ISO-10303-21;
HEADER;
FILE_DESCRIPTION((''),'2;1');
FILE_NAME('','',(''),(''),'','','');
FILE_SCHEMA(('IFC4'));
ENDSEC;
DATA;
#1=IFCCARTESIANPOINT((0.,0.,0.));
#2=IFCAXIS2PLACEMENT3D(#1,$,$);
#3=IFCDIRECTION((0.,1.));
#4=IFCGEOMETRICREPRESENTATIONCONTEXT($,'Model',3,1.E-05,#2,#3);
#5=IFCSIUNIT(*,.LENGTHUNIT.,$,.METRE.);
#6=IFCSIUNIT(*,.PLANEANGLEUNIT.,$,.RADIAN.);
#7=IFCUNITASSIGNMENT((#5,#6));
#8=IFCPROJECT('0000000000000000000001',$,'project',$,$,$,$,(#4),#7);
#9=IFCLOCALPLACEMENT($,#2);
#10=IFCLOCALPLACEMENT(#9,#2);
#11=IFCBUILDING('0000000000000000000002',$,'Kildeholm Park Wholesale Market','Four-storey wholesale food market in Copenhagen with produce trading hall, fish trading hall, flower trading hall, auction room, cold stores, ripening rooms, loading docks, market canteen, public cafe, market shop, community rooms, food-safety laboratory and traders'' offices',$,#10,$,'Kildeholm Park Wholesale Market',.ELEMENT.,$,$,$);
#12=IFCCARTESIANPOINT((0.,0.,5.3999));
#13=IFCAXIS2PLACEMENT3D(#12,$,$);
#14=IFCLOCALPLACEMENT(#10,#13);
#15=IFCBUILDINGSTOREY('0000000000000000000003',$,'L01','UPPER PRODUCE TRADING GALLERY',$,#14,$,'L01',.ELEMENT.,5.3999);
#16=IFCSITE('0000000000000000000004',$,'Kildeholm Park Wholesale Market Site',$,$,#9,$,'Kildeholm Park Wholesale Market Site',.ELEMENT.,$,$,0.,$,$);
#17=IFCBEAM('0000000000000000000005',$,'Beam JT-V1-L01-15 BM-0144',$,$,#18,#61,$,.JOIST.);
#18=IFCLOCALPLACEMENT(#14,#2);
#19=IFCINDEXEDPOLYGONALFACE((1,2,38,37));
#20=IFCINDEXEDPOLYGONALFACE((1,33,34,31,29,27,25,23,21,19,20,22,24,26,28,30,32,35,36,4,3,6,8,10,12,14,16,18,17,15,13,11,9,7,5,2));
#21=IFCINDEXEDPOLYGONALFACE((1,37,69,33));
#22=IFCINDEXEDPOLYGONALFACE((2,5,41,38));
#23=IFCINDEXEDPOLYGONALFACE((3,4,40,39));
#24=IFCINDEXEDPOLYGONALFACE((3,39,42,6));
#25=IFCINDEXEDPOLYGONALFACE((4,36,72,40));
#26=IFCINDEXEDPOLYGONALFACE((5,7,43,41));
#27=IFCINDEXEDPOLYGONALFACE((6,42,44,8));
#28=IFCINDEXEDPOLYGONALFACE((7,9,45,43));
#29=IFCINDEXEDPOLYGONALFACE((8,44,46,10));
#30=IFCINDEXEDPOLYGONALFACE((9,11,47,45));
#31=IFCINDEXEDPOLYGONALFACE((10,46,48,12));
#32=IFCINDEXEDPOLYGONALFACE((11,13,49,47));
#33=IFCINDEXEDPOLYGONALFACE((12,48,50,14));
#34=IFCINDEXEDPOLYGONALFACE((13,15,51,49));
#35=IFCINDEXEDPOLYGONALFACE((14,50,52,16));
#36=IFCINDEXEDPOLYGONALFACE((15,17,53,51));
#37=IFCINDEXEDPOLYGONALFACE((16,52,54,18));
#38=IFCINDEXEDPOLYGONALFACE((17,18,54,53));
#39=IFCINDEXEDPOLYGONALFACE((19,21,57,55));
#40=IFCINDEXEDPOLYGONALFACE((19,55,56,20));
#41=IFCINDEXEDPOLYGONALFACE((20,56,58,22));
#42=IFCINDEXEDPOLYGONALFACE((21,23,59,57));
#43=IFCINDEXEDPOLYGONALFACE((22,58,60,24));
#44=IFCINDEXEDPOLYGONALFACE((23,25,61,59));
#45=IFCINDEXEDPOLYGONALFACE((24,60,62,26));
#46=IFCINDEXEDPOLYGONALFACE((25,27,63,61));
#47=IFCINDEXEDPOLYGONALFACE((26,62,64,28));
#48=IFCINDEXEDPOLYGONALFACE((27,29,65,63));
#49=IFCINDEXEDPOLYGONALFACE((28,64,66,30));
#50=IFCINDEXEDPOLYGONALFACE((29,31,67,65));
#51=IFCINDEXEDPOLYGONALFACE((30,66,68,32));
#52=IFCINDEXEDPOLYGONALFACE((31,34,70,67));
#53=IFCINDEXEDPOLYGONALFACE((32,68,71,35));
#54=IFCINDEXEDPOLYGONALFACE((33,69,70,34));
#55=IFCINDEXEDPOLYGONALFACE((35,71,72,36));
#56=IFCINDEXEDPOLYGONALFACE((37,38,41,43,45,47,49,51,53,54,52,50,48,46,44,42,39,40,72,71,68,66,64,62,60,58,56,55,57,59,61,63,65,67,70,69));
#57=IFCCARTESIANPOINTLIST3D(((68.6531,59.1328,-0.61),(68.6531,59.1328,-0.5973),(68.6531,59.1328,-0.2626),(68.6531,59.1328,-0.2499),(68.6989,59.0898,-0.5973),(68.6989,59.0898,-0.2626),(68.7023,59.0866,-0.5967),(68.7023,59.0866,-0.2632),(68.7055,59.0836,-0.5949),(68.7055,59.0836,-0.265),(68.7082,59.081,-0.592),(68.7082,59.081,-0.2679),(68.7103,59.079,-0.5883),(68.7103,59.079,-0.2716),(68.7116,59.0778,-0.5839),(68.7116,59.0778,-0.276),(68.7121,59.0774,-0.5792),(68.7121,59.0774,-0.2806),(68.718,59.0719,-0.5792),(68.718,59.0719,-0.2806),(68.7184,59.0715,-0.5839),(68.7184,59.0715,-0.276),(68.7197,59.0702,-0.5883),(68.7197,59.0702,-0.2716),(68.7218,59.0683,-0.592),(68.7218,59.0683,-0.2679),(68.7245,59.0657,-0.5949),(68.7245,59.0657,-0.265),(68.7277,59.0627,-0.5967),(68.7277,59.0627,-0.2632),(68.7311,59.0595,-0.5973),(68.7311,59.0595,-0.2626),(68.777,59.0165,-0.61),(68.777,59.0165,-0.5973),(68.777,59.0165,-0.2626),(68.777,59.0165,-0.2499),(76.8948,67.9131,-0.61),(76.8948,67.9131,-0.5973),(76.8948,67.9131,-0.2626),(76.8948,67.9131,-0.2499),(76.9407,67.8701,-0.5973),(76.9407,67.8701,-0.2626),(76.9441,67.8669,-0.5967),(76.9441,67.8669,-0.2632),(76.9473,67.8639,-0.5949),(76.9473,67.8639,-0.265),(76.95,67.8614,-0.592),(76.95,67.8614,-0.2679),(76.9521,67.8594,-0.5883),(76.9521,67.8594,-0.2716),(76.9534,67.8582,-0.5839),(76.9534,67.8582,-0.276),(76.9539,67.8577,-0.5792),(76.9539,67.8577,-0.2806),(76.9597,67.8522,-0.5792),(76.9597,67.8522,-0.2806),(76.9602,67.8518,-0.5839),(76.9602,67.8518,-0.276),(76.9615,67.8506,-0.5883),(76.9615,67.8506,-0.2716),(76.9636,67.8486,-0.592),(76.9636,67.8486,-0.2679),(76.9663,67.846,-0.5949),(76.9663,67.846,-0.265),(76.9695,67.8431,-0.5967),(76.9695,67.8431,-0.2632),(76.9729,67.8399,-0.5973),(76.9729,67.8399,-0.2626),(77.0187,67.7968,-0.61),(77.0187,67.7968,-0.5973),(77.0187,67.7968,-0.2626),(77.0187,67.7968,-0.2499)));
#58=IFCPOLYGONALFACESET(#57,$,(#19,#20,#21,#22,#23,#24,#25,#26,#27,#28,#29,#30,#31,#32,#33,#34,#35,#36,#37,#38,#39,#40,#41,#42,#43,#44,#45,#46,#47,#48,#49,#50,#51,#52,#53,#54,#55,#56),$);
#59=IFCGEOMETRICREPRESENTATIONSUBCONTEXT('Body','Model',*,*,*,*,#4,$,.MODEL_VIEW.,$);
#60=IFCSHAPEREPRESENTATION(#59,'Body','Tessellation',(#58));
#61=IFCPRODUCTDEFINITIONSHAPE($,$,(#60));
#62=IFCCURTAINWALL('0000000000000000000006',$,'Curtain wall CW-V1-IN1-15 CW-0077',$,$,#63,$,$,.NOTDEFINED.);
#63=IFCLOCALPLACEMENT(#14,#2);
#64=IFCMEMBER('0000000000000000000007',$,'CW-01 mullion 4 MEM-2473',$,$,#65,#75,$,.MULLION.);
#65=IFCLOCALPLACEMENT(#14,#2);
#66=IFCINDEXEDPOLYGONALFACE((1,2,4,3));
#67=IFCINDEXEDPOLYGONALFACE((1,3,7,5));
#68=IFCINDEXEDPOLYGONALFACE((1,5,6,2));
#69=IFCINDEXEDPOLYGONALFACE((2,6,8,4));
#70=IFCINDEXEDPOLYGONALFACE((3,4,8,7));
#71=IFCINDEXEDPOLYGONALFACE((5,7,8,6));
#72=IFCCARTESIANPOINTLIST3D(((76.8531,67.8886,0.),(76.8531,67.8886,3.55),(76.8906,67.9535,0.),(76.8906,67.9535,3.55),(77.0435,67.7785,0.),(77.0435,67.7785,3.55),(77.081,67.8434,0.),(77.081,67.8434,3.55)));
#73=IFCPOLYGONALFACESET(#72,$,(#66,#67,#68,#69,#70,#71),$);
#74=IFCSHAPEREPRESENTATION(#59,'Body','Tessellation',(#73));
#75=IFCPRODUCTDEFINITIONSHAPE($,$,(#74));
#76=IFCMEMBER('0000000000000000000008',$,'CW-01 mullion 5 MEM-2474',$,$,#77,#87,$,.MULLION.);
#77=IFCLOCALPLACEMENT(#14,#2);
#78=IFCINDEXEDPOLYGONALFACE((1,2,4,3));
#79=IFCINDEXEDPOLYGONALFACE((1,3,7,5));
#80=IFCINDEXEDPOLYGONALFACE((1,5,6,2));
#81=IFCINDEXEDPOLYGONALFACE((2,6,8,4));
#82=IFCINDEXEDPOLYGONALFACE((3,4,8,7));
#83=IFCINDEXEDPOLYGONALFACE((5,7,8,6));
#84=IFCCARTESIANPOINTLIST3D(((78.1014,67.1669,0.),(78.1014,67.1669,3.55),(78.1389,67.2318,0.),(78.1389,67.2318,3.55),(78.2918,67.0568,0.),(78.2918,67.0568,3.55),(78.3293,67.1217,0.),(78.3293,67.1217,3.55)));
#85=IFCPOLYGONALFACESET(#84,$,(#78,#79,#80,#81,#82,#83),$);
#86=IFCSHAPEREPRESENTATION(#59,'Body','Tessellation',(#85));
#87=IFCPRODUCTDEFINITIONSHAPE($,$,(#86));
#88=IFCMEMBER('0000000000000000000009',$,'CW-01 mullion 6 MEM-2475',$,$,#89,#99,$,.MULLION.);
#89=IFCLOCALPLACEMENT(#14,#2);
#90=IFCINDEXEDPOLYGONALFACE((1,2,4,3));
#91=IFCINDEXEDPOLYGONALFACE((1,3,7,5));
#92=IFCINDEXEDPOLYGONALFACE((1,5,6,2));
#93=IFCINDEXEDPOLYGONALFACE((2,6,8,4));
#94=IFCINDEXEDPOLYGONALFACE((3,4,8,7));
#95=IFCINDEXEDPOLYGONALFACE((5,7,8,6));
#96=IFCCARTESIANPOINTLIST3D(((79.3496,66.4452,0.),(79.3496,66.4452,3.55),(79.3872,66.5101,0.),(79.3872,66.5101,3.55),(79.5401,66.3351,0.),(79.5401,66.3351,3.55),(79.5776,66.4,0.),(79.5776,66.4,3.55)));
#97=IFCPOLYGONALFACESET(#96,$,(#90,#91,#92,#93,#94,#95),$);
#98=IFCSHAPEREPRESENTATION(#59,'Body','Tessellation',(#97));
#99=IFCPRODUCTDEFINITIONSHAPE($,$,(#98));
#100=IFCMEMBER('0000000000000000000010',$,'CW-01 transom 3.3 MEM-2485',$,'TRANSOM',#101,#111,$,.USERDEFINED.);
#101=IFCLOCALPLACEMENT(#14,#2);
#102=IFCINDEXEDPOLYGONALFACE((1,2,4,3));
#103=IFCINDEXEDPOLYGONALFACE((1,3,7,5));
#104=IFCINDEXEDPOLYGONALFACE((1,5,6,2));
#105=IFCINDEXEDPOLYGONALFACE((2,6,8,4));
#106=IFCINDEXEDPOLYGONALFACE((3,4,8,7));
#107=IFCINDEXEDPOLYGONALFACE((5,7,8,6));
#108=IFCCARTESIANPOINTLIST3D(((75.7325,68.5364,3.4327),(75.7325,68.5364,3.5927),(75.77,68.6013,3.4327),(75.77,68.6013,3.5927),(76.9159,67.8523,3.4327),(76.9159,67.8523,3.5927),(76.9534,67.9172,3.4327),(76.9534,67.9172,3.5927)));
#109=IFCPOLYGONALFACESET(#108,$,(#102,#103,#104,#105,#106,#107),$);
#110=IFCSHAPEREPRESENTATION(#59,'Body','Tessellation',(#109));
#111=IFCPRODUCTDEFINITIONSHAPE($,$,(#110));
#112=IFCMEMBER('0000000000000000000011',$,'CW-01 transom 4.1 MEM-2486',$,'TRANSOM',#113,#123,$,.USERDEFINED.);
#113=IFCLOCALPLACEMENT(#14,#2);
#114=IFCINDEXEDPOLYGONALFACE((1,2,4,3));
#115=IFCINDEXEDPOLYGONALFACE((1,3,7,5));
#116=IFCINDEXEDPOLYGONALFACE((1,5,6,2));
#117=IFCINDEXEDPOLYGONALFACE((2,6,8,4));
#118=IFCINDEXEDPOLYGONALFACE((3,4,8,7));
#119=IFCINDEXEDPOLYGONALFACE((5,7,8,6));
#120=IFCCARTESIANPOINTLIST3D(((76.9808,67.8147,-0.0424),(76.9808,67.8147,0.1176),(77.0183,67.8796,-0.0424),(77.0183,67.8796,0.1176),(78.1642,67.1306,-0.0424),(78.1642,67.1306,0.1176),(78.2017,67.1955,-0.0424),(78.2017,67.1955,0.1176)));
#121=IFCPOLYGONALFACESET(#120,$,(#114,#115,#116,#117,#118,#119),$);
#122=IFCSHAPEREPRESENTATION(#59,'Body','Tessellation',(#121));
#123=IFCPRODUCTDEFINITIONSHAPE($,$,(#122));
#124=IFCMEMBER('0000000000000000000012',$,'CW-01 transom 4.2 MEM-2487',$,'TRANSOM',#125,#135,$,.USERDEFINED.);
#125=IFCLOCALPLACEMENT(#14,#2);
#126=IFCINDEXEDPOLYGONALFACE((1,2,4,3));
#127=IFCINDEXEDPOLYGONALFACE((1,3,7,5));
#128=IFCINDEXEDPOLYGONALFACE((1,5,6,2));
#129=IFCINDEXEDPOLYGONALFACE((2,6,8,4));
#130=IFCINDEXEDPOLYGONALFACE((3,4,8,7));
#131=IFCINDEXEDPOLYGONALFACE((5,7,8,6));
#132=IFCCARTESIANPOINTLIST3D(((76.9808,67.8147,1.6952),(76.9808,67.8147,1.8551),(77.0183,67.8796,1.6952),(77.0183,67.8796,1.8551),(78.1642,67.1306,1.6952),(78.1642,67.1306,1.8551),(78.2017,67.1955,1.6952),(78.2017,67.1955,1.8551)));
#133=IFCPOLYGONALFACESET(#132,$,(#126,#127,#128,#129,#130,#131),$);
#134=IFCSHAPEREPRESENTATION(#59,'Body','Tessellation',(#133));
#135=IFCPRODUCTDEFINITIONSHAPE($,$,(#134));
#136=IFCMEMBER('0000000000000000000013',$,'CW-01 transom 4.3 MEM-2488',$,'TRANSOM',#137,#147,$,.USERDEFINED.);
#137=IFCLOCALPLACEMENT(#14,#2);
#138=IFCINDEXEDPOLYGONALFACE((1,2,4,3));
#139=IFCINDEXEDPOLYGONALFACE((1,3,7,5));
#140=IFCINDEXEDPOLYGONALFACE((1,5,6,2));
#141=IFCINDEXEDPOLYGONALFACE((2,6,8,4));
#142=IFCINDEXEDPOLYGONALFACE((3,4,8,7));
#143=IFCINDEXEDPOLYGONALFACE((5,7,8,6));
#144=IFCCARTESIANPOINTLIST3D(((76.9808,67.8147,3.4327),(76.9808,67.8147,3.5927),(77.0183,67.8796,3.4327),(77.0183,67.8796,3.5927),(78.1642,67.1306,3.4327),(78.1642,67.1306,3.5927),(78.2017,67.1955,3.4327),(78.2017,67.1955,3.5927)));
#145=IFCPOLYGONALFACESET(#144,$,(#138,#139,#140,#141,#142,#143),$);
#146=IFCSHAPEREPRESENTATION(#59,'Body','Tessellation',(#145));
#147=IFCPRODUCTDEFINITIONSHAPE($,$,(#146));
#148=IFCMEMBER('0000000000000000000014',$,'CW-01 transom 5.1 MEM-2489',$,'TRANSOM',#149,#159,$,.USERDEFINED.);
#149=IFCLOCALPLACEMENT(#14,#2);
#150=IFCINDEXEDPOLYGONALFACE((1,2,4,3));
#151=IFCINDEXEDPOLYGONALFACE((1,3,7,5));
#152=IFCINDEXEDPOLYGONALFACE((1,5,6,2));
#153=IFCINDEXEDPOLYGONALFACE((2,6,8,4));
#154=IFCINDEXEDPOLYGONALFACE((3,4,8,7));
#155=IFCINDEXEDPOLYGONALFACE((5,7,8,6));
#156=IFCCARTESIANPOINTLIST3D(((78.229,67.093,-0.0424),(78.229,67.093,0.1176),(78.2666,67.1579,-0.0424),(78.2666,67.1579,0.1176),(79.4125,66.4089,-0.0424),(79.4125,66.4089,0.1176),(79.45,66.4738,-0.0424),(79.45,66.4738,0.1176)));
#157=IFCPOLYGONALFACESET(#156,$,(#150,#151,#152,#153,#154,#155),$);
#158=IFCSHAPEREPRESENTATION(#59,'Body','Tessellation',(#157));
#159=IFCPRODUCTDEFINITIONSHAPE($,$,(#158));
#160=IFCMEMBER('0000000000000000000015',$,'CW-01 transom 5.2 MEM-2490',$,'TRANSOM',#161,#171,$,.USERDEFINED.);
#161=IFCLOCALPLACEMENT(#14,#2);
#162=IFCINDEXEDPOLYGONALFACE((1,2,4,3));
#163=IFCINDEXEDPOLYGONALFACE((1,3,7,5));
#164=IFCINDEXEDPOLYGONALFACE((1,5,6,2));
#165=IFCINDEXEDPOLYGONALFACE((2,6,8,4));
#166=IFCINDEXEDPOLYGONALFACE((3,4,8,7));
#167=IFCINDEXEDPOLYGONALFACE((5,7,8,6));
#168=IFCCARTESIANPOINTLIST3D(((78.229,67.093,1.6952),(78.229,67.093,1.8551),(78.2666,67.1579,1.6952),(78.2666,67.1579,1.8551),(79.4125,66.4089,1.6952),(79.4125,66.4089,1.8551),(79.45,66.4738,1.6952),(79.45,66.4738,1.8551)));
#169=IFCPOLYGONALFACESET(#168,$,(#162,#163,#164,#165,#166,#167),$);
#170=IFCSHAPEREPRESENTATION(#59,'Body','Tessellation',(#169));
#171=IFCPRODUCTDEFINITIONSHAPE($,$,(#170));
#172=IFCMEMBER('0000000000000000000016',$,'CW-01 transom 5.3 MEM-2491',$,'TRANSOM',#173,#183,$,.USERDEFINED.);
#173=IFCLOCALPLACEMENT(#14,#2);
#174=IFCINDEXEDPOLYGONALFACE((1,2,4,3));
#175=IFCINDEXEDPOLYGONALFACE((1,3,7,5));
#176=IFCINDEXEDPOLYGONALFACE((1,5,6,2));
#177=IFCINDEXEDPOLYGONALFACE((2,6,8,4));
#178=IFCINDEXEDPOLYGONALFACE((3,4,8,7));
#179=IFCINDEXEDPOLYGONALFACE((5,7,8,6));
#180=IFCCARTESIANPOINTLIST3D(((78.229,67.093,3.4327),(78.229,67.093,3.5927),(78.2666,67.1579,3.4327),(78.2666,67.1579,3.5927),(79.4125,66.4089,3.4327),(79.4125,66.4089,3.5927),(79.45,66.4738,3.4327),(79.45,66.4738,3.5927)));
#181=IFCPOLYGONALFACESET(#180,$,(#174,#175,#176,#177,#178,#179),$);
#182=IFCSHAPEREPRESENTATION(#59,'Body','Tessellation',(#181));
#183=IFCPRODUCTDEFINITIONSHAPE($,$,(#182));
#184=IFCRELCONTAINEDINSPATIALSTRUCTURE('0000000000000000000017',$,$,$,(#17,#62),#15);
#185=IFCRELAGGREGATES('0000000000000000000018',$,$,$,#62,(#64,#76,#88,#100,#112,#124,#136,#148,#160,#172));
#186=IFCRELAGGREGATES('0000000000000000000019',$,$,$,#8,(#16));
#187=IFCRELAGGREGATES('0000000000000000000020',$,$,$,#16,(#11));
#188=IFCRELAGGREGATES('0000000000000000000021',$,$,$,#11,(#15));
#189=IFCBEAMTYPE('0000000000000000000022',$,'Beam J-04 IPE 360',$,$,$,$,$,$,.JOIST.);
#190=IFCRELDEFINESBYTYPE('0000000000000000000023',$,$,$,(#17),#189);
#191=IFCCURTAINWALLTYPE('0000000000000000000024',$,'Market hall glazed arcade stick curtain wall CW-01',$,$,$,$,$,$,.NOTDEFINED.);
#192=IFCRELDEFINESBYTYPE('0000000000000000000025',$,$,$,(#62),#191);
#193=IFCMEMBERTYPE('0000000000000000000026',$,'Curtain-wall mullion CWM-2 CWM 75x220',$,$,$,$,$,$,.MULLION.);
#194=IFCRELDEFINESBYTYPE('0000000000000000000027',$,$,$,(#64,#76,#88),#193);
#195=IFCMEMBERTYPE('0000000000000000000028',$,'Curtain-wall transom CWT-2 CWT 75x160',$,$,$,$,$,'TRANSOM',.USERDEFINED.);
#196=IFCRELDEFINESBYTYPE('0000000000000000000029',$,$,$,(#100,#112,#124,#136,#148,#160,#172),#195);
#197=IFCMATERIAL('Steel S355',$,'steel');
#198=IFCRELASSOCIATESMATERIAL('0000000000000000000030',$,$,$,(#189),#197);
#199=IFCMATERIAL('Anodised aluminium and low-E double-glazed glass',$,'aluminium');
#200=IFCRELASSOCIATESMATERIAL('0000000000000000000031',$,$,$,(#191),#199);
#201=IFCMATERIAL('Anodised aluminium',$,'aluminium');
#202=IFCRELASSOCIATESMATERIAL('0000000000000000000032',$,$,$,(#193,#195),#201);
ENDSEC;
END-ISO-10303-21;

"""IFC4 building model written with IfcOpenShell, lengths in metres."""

from ifc_helpers import new_model, si_unit, direction, frame, origin, origin_2d, place, context, subcontext, project, spatial, rectangle, i_section, extrude, material, material_profile, profile_set, type_object, element, aggregate, save


model = new_model("IFC4")

# Units and contexts
model_context = context("Model", 3, precision=1e-05, world=origin(), true_north=direction((0.0, 1.0)))
body_context = subcontext(model_context, "Body", "Model", "MODEL_VIEW")
ifc_project = project(units=[si_unit("LENGTHUNIT", "METRE"), si_unit("PLANEANGLEUNIT", "RADIAN")], contexts=[model_context])

# Site, building, storey
site_placement = place(None, origin())
site = spatial("IfcSite", under=ifc_project, at=site_placement, Name="Kildeholm Park Wholesale Market Site", LongName="Kildeholm Park Wholesale Market Site", CompositionType="ELEMENT", RefElevation=0.0)
building_placement = place(site_placement, origin())
building = spatial("IfcBuilding", under=site, at=building_placement, Name="Kildeholm Park Wholesale Market", Description="Four-storey wholesale food market in Copenhagen with produce trading hall, fish trading hall, flower trading hall, auction room, cold stores, ripening rooms, loading docks, market canteen, public cafe, market shop, community rooms, food-safety laboratory and traders' offices", LongName="Kildeholm Park Wholesale Market", CompositionType="ELEMENT")
storey_placement = place(building_placement, frame((0.0, 0.0, 5.3999)))
storey = spatial("IfcBuildingStorey", under=building, at=storey_placement, Name="L01", Description="UPPER PRODUCE TRADING GALLERY", LongName="L01", CompositionType="ELEMENT", Elevation=5.3999)

# Beam
ifc_material_1 = material(Name="Steel S355", Category="steel")
ifc_material_profile_1 = material_profile(ifc_material_1, i_section(OverallWidth=0.1699, OverallDepth=0.3601, WebThickness=0.0081, FlangeThickness=0.0127, FilletRadius=0.0181, at=origin_2d()), Name="IPE 360")
ifc_profile_set_1 = profile_set([ifc_material_profile_1], Name="Steel S355")
beam_type = type_object("IfcBeamType", Name="Beam J-04 IPE 360", PredefinedType="JOIST", material=ifc_profile_set_1)
beam_placement = place(storey_placement, frame((76.9568, 67.855, -0.4299), z_axis=(-0.684391, -0.729115, 0.0), x_axis=(0.729115, -0.684391, 0.0)))
element("IfcBeam", 1, at=beam_placement, inside=storey, type_object=beam_type, Name="Beam JT-V1-L01-15 BM-0144", PredefinedType="JOIST", context=body_context, shape_type="SweptSolid", body=[
    extrude(i_section(OverallWidth=0.1699, OverallDepth=0.3601, WebThickness=0.0081, FlangeThickness=0.0127, FilletRadius=0.0181, at=origin_2d()), origin(), (0.0, 0.0, 1.0), 12.0425),
])

# Curtain wall, members
ifc_material_2 = material(Name="Anodised aluminium and low-E double-glazed glass", Category="aluminium")
curtain_wall_type = type_object("IfcCurtainWallType", Name="Market hall glazed arcade stick curtain wall CW-01", PredefinedType="NOTDEFINED", material=ifc_material_2)
curtain_wall_placement = place(storey_placement, origin())
curtain_wall = element("IfcCurtainWall", 2, at=curtain_wall_placement, inside=storey, type_object=curtain_wall_type, Name="Curtain wall CW-V1-IN1-15 CW-0077", PredefinedType="NOTDEFINED")
ifc_material_3 = material(Name="Anodised aluminium", Category="aluminium")
ifc_material_profile_2 = material_profile(ifc_material_3, rectangle(XDim=0.075, YDim=0.22, at=origin_2d()), Name="CWM 75x220")
ifc_profile_set_2 = profile_set([ifc_material_profile_2], Name="Anodised aluminium")
member_type_1 = type_object("IfcMemberType", Name="Curtain-wall mullion CWM-2 CWM 75x220", PredefinedType="MULLION", material=ifc_profile_set_2)
member_1_placement = place(storey_placement, frame((76.967, 67.866, 0.0), z_axis=(0.0, 0.0, 1.0), x_axis=(0.500489, 0.865743, 0.0)))
member_1 = element("IfcMember", 3, at=member_1_placement, type_object=member_type_1, Name="CW-01 mullion 4 MEM-2473", PredefinedType="MULLION", context=body_context, shape_type="SweptSolid", body=[
    extrude(rectangle(XDim=0.075, YDim=0.22, at=origin_2d()), origin(), (0.0, 0.0, 1.0), 3.55),
])
member_2_placement = place(storey_placement, frame((78.2153, 67.1443, 0.0), z_axis=(0.0, 0.0, 1.0), x_axis=(0.500489, 0.865743, 0.0)))
member_2 = element("IfcMember", 4, at=member_2_placement, type_object=member_type_1, Name="CW-01 mullion 5 MEM-2474", PredefinedType="MULLION", context=body_context, shape_type="SweptSolid", body=[
    extrude(rectangle(XDim=0.075, YDim=0.22, at=origin_2d()), origin(), (0.0, 0.0, 1.0), 3.55),
])
member_3_placement = place(storey_placement, frame((79.4636, 66.4226, 0.0), z_axis=(0.0, 0.0, 1.0), x_axis=(0.500489, 0.865743, 0.0)))
member_3 = element("IfcMember", 5, at=member_3_placement, type_object=member_type_1, Name="CW-01 mullion 6 MEM-2475", PredefinedType="MULLION", context=body_context, shape_type="SweptSolid", body=[
    extrude(rectangle(XDim=0.075, YDim=0.22, at=origin_2d()), origin(), (0.0, 0.0, 1.0), 3.55),
])
ifc_material_profile_3 = material_profile(ifc_material_3, rectangle(XDim=0.075, YDim=0.1599, at=origin_2d()), Name="CWT 75x160")
ifc_profile_set_3 = profile_set([ifc_material_profile_3], Name="Anodised aluminium")
member_type_2 = type_object("IfcMemberType", Name="Curtain-wall transom CWT-2 CWT 75x160", ElementType="TRANSOM", PredefinedType="USERDEFINED", material=ifc_profile_set_3)
member_4_placement = place(storey_placement, frame((75.7512, 68.5688, 3.5127), z_axis=(0.865748, -0.50048, 0.0), x_axis=(0.50048, 0.865748, 0.0)))
member_4 = element("IfcMember", 6, at=member_4_placement, type_object=member_type_2, Name="CW-01 transom 3.3 MEM-2485", ObjectType="TRANSOM", PredefinedType="USERDEFINED", context=body_context, shape_type="SweptSolid", body=[
    extrude(rectangle(XDim=0.075, YDim=0.1599, at=origin_2d()), origin(), (0.0, 0.0, 1.0), 1.3669),
])
member_5_placement = place(storey_placement, frame((76.9995, 67.8472, 0.0376), z_axis=(0.865748, -0.50048, 0.0), x_axis=(0.50048, 0.865748, 0.0)))
member_5 = element("IfcMember", 7, at=member_5_placement, type_object=member_type_2, Name="CW-01 transom 4.1 MEM-2486", ObjectType="TRANSOM", PredefinedType="USERDEFINED", context=body_context, shape_type="SweptSolid", body=[
    extrude(rectangle(XDim=0.075, YDim=0.1599, at=origin_2d()), origin(), (0.0, 0.0, 1.0), 1.3669),
])
member_6_placement = place(storey_placement, frame((76.9995, 67.8472, 1.7751), z_axis=(0.865748, -0.50048, 0.0), x_axis=(0.50048, 0.865748, 0.0)))
member_6 = element("IfcMember", 8, at=member_6_placement, type_object=member_type_2, Name="CW-01 transom 4.2 MEM-2487", ObjectType="TRANSOM", PredefinedType="USERDEFINED", context=body_context, shape_type="SweptSolid", body=[
    extrude(rectangle(XDim=0.075, YDim=0.1599, at=origin_2d()), origin(), (0.0, 0.0, 1.0), 1.3669),
])
member_7_placement = place(storey_placement, frame((76.9995, 67.8472, 3.5127), z_axis=(0.865748, -0.50048, 0.0), x_axis=(0.50048, 0.865748, 0.0)))
member_7 = element("IfcMember", 9, at=member_7_placement, type_object=member_type_2, Name="CW-01 transom 4.3 MEM-2488", ObjectType="TRANSOM", PredefinedType="USERDEFINED", context=body_context, shape_type="SweptSolid", body=[
    extrude(rectangle(XDim=0.075, YDim=0.1599, at=origin_2d()), origin(), (0.0, 0.0, 1.0), 1.3669),
])
member_8_placement = place(storey_placement, frame((78.2478, 67.1255, 0.0376), z_axis=(0.865748, -0.50048, 0.0), x_axis=(0.50048, 0.865748, 0.0)))
member_8 = element("IfcMember", 10, at=member_8_placement, type_object=member_type_2, Name="CW-01 transom 5.1 MEM-2489", ObjectType="TRANSOM", PredefinedType="USERDEFINED", context=body_context, shape_type="SweptSolid", body=[
    extrude(rectangle(XDim=0.075, YDim=0.1599, at=origin_2d()), origin(), (0.0, 0.0, 1.0), 1.3669),
])
member_9_placement = place(storey_placement, frame((78.2478, 67.1255, 1.7751), z_axis=(0.865748, -0.50048, 0.0), x_axis=(0.50048, 0.865748, 0.0)))
member_9 = element("IfcMember", 11, at=member_9_placement, type_object=member_type_2, Name="CW-01 transom 5.2 MEM-2490", ObjectType="TRANSOM", PredefinedType="USERDEFINED", context=body_context, shape_type="SweptSolid", body=[
    extrude(rectangle(XDim=0.075, YDim=0.1599, at=origin_2d()), origin(), (0.0, 0.0, 1.0), 1.3669),
])
member_10_placement = place(storey_placement, frame((78.2478, 67.1255, 3.5127), z_axis=(0.865748, -0.50048, 0.0), x_axis=(0.50048, 0.865748, 0.0)))
member_10 = element("IfcMember", 12, at=member_10_placement, type_object=member_type_2, Name="CW-01 transom 5.3 MEM-2491", ObjectType="TRANSOM", PredefinedType="USERDEFINED", context=body_context, shape_type="SweptSolid", body=[
    extrude(rectangle(XDim=0.075, YDim=0.1599, at=origin_2d()), origin(), (0.0, 0.0, 1.0), 1.3669),
])
aggregate(curtain_wall, [member_1, member_2, member_3, member_4, member_5, member_6, member_7, member_8, member_9, member_10])

save(model, "model.ifc")
